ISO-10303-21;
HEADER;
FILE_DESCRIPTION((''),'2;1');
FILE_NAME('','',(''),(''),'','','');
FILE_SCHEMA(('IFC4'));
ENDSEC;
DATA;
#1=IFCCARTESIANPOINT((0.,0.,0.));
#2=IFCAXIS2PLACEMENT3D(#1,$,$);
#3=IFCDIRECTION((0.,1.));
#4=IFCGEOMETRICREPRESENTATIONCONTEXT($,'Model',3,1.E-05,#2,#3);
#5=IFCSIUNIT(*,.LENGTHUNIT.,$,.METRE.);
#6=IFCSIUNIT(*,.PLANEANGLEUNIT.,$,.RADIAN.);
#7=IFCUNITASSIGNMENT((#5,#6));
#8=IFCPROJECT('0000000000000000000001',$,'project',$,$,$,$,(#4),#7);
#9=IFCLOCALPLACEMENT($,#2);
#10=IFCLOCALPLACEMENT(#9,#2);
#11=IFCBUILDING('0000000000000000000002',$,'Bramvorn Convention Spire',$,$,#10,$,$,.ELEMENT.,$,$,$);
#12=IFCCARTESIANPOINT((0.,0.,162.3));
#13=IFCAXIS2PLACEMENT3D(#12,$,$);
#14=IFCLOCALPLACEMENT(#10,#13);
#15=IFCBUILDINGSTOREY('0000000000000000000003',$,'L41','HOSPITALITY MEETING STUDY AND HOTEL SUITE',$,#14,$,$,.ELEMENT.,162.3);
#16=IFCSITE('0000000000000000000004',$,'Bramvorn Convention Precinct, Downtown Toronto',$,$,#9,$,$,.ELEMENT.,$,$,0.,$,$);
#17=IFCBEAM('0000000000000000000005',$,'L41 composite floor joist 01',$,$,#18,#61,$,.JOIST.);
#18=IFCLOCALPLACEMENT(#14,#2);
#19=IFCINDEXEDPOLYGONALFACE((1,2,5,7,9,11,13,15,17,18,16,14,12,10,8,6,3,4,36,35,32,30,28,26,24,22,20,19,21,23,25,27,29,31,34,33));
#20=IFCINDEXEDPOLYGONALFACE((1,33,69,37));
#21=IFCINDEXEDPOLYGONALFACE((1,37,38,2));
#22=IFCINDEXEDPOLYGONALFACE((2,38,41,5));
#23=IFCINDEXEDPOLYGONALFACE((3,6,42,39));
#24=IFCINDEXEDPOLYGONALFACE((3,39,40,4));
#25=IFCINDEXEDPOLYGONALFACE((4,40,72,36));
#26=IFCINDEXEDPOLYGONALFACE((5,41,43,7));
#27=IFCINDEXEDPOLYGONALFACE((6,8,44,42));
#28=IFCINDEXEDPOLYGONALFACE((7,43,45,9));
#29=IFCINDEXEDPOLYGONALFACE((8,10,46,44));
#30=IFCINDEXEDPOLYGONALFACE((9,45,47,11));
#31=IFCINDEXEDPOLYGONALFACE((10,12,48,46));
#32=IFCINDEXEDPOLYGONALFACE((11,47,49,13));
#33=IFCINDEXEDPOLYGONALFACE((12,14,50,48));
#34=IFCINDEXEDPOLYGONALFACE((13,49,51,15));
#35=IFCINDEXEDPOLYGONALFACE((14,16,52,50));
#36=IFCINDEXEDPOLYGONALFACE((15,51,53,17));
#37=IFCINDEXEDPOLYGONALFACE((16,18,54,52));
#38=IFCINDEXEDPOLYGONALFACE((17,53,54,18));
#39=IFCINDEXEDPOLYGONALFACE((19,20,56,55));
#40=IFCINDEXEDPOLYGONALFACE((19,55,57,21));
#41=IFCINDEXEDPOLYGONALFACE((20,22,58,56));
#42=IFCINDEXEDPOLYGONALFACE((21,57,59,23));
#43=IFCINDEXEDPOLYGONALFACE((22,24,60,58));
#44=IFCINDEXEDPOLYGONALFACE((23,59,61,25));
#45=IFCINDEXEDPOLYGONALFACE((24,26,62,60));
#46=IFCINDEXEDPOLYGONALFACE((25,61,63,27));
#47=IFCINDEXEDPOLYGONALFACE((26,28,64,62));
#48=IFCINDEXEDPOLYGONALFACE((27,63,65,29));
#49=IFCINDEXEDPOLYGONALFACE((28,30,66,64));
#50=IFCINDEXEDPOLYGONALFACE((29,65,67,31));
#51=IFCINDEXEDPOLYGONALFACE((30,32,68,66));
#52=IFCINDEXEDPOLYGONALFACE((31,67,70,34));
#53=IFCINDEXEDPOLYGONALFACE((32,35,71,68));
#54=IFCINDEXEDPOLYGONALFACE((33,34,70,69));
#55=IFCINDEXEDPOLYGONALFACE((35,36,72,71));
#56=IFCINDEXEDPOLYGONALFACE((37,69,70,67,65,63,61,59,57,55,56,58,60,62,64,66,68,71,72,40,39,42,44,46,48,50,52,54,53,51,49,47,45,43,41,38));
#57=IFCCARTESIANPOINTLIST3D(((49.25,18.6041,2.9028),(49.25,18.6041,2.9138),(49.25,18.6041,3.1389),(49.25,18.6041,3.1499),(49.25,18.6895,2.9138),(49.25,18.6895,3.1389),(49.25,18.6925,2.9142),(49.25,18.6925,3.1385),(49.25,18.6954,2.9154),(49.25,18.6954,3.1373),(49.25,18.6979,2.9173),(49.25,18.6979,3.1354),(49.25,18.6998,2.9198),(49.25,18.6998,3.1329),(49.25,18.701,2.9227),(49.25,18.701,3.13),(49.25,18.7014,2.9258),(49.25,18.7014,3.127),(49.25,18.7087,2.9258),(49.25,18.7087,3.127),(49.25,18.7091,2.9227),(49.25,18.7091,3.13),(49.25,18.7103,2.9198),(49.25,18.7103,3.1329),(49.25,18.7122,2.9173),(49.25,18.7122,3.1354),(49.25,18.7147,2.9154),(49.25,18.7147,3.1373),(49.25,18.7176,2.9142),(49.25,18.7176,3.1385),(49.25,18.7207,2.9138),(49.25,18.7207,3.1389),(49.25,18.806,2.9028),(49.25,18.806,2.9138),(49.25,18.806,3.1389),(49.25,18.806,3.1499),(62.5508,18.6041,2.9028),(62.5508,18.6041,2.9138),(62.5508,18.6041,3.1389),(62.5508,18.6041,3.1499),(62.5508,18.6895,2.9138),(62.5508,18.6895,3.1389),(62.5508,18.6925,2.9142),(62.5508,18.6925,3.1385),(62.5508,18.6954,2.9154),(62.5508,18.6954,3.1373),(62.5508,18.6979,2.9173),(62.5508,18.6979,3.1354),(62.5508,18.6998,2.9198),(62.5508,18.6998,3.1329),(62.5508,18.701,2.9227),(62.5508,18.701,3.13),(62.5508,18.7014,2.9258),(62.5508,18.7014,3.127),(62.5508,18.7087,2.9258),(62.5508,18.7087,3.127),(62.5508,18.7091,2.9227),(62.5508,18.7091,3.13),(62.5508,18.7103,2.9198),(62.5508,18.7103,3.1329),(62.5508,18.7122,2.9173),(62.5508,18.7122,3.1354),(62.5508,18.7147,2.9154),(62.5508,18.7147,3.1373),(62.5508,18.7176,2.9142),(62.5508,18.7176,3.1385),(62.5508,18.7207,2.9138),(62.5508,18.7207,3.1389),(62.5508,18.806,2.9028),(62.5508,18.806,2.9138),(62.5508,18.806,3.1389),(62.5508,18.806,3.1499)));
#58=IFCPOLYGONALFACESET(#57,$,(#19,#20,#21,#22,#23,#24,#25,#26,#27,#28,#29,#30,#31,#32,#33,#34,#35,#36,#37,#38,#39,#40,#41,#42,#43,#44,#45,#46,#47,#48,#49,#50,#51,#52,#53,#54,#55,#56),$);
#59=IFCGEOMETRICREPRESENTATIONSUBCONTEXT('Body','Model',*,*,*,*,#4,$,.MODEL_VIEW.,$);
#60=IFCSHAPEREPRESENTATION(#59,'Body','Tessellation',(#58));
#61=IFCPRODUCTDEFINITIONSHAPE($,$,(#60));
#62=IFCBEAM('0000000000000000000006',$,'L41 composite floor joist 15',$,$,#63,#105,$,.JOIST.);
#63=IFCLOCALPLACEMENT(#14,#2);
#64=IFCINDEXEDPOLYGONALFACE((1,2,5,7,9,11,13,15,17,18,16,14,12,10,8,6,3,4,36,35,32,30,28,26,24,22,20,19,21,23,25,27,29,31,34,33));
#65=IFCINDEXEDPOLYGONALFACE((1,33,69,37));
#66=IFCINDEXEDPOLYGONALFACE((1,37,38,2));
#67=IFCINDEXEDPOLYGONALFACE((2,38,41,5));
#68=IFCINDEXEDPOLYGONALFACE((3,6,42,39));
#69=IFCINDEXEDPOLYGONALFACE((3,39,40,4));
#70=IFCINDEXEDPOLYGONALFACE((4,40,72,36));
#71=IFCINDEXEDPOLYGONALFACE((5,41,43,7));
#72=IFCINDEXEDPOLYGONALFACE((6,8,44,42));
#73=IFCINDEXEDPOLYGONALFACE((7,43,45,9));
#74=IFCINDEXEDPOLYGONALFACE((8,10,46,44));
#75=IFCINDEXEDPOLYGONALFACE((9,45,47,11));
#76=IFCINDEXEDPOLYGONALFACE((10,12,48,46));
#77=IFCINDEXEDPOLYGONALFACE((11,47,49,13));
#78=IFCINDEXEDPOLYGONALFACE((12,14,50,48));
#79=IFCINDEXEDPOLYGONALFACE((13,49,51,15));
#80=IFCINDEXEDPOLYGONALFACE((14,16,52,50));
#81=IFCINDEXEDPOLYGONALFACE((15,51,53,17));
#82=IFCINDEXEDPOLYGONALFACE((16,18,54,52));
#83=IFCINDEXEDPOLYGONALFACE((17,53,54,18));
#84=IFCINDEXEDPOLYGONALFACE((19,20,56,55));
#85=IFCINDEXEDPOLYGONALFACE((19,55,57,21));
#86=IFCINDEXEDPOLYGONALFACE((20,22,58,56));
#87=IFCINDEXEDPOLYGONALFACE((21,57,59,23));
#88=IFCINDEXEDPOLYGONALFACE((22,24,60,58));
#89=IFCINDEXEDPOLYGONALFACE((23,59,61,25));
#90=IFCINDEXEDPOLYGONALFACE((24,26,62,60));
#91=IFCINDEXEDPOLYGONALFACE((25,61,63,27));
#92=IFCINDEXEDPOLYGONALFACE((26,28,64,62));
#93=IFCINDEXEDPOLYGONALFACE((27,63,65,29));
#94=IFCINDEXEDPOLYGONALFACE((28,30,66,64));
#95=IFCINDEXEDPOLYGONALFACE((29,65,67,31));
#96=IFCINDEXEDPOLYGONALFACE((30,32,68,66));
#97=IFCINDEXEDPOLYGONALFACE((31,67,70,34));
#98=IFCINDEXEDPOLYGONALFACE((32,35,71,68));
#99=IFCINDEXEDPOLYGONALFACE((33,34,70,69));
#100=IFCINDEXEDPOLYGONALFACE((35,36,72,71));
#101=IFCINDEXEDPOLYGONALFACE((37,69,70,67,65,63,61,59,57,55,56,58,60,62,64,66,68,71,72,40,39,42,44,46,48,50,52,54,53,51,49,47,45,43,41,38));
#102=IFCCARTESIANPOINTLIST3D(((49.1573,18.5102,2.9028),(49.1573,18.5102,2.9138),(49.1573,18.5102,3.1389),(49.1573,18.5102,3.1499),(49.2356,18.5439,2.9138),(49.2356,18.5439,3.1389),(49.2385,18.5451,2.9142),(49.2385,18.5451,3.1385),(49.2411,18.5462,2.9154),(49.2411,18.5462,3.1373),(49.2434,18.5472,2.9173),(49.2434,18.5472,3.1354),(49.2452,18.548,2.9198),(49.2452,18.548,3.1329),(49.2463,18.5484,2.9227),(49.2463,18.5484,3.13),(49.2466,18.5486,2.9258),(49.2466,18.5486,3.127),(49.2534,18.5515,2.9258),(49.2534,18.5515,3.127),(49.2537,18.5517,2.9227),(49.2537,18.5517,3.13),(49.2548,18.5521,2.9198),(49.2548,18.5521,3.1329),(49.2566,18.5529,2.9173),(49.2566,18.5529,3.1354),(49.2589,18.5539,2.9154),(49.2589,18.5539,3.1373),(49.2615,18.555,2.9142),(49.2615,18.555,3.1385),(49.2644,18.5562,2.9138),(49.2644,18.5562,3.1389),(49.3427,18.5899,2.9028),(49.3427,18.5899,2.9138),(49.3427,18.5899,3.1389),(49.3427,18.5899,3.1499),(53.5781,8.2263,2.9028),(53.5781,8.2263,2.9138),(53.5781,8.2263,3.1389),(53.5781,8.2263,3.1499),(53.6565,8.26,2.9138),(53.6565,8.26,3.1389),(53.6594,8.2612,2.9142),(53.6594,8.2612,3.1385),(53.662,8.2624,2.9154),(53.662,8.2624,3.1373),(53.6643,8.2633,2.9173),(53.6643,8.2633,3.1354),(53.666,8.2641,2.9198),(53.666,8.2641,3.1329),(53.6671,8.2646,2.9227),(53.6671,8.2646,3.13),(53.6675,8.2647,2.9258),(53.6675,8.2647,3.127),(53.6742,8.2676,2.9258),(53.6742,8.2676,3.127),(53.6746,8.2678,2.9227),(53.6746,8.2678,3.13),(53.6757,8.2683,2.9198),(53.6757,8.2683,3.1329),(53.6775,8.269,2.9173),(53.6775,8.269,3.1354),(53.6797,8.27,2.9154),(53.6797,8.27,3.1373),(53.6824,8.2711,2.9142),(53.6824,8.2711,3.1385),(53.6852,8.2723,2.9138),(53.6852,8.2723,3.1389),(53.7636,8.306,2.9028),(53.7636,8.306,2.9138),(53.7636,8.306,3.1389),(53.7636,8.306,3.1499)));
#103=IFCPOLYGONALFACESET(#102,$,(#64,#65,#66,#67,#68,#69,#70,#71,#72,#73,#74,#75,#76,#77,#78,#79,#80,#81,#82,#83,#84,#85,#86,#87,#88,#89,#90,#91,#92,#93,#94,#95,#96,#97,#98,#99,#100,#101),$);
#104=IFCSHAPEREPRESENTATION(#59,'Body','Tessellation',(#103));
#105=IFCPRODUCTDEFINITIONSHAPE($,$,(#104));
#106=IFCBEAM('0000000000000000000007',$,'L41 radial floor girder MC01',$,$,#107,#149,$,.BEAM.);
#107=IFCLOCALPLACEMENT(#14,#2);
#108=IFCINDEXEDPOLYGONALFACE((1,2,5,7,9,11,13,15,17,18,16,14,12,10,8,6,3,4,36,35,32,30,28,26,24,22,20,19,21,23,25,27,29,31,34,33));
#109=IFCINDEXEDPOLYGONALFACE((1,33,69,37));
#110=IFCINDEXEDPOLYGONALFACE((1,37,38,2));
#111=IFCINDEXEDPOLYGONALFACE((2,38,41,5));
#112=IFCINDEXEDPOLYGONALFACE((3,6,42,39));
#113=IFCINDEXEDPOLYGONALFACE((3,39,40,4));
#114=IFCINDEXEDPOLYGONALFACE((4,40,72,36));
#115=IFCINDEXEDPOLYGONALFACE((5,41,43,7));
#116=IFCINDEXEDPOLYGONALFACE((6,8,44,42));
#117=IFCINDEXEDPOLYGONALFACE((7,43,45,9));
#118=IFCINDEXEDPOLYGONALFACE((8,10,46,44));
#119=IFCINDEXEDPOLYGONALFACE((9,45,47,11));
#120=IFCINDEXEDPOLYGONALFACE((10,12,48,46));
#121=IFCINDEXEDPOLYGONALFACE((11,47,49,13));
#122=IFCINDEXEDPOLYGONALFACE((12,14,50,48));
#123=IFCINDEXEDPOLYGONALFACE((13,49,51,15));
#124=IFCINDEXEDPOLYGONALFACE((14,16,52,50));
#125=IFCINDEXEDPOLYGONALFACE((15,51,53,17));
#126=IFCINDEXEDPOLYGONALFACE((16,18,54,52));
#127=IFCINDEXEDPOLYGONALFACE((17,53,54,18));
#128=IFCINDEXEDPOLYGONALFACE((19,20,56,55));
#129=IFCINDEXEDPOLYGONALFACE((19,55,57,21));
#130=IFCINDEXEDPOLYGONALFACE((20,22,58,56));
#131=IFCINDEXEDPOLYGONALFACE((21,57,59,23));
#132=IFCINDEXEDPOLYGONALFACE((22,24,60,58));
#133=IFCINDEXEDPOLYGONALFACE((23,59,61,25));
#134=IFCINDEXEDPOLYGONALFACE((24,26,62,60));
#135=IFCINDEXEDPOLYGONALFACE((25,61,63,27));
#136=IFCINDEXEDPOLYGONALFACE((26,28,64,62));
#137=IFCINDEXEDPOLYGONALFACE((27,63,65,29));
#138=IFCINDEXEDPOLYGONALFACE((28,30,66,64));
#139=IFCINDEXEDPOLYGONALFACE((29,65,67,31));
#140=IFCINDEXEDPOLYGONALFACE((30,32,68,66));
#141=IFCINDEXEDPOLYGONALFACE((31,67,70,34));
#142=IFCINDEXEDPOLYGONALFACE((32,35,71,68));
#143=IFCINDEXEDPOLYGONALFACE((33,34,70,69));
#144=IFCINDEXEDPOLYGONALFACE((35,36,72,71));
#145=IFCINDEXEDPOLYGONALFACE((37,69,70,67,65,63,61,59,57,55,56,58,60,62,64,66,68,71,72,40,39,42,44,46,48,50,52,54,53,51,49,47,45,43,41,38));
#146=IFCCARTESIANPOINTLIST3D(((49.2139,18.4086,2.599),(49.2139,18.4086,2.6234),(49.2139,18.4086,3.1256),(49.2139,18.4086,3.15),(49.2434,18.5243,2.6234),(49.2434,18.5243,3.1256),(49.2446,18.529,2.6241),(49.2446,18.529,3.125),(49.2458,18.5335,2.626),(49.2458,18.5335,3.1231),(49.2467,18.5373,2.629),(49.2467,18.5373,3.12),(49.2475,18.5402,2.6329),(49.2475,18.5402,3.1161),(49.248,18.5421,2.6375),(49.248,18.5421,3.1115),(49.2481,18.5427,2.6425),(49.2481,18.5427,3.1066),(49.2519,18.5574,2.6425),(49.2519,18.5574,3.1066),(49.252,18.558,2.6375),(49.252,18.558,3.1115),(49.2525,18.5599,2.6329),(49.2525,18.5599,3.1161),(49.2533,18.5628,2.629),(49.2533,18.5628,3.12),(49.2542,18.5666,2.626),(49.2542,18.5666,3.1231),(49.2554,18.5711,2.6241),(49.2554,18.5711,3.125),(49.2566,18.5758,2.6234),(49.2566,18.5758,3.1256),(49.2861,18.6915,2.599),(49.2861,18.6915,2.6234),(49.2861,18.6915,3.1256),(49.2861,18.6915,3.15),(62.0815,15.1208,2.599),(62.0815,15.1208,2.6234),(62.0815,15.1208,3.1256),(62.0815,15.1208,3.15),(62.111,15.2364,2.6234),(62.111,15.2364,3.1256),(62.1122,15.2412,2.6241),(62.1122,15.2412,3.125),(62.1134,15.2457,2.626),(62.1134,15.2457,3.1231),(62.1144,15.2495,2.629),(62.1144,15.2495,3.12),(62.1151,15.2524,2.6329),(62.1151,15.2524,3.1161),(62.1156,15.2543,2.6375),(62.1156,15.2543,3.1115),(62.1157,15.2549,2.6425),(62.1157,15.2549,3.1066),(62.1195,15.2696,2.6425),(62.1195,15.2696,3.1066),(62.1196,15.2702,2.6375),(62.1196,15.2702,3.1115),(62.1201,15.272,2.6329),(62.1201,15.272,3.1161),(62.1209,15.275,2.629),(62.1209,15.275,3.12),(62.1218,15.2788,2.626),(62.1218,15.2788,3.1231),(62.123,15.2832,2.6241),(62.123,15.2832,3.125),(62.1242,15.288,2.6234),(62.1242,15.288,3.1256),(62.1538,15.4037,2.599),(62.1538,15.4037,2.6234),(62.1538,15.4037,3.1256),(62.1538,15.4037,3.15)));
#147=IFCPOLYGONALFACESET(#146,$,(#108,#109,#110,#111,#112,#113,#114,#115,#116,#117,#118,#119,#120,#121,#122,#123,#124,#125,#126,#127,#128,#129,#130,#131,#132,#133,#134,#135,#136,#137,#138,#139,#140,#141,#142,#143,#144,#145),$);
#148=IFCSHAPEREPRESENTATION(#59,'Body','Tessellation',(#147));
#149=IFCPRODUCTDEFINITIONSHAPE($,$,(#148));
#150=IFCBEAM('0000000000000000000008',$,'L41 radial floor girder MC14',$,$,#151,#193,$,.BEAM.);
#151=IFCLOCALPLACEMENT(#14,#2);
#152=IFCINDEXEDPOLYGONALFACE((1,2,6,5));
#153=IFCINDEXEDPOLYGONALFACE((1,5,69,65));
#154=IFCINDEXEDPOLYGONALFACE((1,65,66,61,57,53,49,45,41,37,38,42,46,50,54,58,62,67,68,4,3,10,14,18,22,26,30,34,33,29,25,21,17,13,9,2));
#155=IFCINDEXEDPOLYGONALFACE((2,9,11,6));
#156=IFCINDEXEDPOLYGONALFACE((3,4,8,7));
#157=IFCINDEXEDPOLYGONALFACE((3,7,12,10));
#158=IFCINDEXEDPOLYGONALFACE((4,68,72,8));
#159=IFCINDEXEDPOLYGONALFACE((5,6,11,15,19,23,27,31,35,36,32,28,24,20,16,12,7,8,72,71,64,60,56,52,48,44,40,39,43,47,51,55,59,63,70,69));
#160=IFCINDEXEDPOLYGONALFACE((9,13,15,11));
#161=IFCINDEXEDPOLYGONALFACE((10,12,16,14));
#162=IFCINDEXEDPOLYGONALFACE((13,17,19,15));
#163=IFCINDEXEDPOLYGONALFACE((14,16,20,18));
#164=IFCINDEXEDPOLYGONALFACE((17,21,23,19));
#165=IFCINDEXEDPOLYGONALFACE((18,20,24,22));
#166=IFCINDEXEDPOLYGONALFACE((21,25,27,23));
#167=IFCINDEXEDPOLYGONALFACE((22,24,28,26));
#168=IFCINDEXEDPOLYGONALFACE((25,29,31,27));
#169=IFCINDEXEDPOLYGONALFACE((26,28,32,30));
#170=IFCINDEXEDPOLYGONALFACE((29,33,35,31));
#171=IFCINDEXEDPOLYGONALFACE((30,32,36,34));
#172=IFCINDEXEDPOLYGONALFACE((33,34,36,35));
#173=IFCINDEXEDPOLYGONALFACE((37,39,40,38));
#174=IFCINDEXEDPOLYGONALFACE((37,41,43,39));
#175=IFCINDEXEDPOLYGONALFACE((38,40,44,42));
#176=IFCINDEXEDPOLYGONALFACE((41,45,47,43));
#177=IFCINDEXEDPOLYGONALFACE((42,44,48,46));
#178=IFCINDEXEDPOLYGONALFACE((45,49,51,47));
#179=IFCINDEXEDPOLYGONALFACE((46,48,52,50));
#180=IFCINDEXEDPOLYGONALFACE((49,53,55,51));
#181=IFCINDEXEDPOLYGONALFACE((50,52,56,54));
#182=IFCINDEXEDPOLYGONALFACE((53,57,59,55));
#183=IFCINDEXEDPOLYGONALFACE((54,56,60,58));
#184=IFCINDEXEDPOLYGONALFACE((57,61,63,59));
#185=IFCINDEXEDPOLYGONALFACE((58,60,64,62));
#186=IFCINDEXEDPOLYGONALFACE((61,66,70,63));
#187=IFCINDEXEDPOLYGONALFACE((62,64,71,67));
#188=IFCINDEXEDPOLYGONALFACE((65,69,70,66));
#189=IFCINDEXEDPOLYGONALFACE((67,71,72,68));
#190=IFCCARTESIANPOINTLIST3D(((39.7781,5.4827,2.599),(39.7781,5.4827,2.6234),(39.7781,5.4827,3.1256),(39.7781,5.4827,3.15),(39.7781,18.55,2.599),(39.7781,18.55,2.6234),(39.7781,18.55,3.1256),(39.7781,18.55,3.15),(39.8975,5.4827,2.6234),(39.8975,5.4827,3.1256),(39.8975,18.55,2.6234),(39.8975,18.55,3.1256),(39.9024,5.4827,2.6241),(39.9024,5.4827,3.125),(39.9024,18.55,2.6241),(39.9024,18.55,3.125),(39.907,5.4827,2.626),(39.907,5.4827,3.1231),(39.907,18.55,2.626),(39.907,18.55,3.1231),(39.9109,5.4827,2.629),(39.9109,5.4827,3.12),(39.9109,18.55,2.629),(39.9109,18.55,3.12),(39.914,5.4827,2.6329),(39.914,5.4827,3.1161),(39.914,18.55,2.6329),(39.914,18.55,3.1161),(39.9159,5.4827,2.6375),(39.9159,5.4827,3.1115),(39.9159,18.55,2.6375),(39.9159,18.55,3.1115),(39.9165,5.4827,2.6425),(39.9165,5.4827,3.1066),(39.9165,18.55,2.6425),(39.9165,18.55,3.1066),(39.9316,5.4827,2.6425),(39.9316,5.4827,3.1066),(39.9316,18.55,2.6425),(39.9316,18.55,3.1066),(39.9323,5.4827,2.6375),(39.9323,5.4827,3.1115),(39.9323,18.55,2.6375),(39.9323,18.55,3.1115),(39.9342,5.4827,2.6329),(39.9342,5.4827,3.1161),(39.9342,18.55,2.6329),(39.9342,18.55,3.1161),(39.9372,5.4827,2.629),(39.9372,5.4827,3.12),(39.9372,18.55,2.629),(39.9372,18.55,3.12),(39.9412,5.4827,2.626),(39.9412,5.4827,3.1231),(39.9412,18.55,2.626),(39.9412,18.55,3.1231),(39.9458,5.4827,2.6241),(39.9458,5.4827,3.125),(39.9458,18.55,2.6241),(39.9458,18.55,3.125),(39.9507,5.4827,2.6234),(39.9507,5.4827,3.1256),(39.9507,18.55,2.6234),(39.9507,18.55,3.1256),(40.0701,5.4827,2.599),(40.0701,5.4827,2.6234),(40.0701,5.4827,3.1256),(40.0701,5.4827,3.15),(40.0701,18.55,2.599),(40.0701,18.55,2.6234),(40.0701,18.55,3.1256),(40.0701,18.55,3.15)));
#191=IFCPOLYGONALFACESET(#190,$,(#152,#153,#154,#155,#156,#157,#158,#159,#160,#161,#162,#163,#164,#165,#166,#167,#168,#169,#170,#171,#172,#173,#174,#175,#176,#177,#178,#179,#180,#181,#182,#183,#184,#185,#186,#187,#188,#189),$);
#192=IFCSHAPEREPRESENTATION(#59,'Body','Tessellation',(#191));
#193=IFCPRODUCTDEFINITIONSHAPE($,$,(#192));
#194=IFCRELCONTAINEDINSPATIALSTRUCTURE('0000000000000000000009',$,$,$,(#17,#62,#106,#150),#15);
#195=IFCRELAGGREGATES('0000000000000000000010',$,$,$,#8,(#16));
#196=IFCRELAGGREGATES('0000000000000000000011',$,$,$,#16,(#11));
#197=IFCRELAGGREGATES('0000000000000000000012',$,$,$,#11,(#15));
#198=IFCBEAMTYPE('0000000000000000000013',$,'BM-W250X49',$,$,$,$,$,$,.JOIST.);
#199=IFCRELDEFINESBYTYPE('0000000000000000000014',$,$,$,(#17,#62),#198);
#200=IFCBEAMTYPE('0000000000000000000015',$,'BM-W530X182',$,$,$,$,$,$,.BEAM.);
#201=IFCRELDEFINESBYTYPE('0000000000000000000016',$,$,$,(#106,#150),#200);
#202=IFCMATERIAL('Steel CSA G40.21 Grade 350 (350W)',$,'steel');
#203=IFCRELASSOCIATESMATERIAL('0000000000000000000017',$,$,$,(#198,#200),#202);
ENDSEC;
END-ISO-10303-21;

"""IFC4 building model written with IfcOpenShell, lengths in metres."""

from ifc_helpers import new_model, si_unit, direction, frame, origin, origin_2d, place, context, subcontext, project, spatial, i_section, extrude, material, material_profile, profile_set, type_object, element, save


model = new_model("IFC4")

# Units and contexts
model_context = context("Model", 3, precision=1e-05, world=origin(), true_north=direction((0.0, 1.0)))
body_context = subcontext(model_context, "Body", "Model", "MODEL_VIEW")
ifc_project = project(units=[si_unit("LENGTHUNIT", "METRE"), si_unit("PLANEANGLEUNIT", "RADIAN")], contexts=[model_context])

# Site, building, storey
site_placement = place(None, origin())
site = spatial("IfcSite", under=ifc_project, at=site_placement, Name="Bramvorn Convention Precinct, Downtown Toronto", CompositionType="ELEMENT", RefElevation=0.0)
building_placement = place(site_placement, origin())
building = spatial("IfcBuilding", under=site, at=building_placement, Name="Bramvorn Convention Spire", CompositionType="ELEMENT")
storey_placement = place(building_placement, frame((0.0, 0.0, 162.3)))
storey = spatial("IfcBuildingStorey", under=building, at=storey_placement, Name="L41", Description="HOSPITALITY MEETING STUDY AND HOTEL SUITE", CompositionType="ELEMENT", Elevation=162.3)

# Beams
ifc_material_1 = material(Name="Steel CSA G40.21 Grade 350 (350W)", Category="steel")
ifc_material_profile_1 = material_profile(ifc_material_1, i_section(OverallWidth=0.2019, OverallDepth=0.2471, WebThickness=0.0073, FlangeThickness=0.011, FilletRadius=0.012, at=origin_2d()))
ifc_profile_set_1 = profile_set([ifc_material_profile_1], Name="Steel CSA G40.21 Grade 350 (350W) - W250X49")
beam_type_1 = type_object("IfcBeamType", Name="BM-W250X49", PredefinedType="JOIST", material=ifc_profile_set_1)
beam_1_placement = place(storey_placement, frame((49.25, 18.7051, 3.0264), z_axis=(1.0, 0.0, 0.0), x_axis=(0.0, 1.0, 0.0)))
element("IfcBeam", 1, at=beam_1_placement, inside=storey, type_object=beam_type_1, Name="L41 composite floor joist 01", PredefinedType="JOIST", context=body_context, shape_type="SweptSolid", body=[
    extrude(i_section(OverallWidth=0.2019, OverallDepth=0.2471, WebThickness=0.0073, FlangeThickness=0.011, FilletRadius=0.012, at=origin_2d()), origin(), (0.0, 0.0, 1.0), 13.3008),
])
beam_2_placement = place(storey_placement, frame((49.25, 18.55, 3.0264), z_axis=(0.394938, -0.918708, 0.0), x_axis=(0.918708, 0.394938, 0.0)))
element("IfcBeam", 2, at=beam_2_placement, inside=storey, type_object=beam_type_1, Name="L41 composite floor joist 15", PredefinedType="JOIST", context=body_context, shape_type="SweptSolid", body=[
    extrude(i_section(OverallWidth=0.2019, OverallDepth=0.2471, WebThickness=0.0073, FlangeThickness=0.011, FilletRadius=0.012, at=origin_2d()), origin(), (0.0, 0.0, 1.0), 11.1938),
])
ifc_material_profile_2 = material_profile(ifc_material_1, i_section(OverallWidth=0.292, OverallDepth=0.551, WebThickness=0.0151, FlangeThickness=0.0244, FilletRadius=0.019, at=origin_2d()))
ifc_profile_set_2 = profile_set([ifc_material_profile_2], Name="Steel CSA G40.21 Grade 350 (350W) - W530X182")
beam_type_2 = type_object("IfcBeamType", Name="BM-W530X182", PredefinedType="BEAM", material=ifc_profile_set_2)
beam_3_placement = place(storey_placement, frame((49.25, 18.55, 2.8745), z_axis=(0.968873, -0.247558, 0.0), x_axis=(0.247558, 0.968873, 0.0)))
element("IfcBeam", 3, at=beam_3_placement, inside=storey, type_object=beam_type_2, Name="L41 radial floor girder MC01", PredefinedType="BEAM", context=body_context, shape_type="SweptSolid", body=[
    extrude(i_section(OverallWidth=0.292, OverallDepth=0.551, WebThickness=0.0151, FlangeThickness=0.0244, FilletRadius=0.019, at=origin_2d()), origin(), (0.0, 0.0, 1.0), 13.281),
])
beam_4_placement = place(storey_placement, frame((39.9241, 18.55, 2.8745), z_axis=(0.0, -1.0, 0.0), x_axis=(1.0, 0.0, 0.0)))
element("IfcBeam", 4, at=beam_4_placement, inside=storey, type_object=beam_type_2, Name="L41 radial floor girder MC14", PredefinedType="BEAM", context=body_context, shape_type="SweptSolid", body=[
    extrude(i_section(OverallWidth=0.292, OverallDepth=0.551, WebThickness=0.0151, FlangeThickness=0.0244, FilletRadius=0.019, at=origin_2d()), origin(), (0.0, 0.0, 1.0), 13.0674),
])

save(model, "model.ifc")
